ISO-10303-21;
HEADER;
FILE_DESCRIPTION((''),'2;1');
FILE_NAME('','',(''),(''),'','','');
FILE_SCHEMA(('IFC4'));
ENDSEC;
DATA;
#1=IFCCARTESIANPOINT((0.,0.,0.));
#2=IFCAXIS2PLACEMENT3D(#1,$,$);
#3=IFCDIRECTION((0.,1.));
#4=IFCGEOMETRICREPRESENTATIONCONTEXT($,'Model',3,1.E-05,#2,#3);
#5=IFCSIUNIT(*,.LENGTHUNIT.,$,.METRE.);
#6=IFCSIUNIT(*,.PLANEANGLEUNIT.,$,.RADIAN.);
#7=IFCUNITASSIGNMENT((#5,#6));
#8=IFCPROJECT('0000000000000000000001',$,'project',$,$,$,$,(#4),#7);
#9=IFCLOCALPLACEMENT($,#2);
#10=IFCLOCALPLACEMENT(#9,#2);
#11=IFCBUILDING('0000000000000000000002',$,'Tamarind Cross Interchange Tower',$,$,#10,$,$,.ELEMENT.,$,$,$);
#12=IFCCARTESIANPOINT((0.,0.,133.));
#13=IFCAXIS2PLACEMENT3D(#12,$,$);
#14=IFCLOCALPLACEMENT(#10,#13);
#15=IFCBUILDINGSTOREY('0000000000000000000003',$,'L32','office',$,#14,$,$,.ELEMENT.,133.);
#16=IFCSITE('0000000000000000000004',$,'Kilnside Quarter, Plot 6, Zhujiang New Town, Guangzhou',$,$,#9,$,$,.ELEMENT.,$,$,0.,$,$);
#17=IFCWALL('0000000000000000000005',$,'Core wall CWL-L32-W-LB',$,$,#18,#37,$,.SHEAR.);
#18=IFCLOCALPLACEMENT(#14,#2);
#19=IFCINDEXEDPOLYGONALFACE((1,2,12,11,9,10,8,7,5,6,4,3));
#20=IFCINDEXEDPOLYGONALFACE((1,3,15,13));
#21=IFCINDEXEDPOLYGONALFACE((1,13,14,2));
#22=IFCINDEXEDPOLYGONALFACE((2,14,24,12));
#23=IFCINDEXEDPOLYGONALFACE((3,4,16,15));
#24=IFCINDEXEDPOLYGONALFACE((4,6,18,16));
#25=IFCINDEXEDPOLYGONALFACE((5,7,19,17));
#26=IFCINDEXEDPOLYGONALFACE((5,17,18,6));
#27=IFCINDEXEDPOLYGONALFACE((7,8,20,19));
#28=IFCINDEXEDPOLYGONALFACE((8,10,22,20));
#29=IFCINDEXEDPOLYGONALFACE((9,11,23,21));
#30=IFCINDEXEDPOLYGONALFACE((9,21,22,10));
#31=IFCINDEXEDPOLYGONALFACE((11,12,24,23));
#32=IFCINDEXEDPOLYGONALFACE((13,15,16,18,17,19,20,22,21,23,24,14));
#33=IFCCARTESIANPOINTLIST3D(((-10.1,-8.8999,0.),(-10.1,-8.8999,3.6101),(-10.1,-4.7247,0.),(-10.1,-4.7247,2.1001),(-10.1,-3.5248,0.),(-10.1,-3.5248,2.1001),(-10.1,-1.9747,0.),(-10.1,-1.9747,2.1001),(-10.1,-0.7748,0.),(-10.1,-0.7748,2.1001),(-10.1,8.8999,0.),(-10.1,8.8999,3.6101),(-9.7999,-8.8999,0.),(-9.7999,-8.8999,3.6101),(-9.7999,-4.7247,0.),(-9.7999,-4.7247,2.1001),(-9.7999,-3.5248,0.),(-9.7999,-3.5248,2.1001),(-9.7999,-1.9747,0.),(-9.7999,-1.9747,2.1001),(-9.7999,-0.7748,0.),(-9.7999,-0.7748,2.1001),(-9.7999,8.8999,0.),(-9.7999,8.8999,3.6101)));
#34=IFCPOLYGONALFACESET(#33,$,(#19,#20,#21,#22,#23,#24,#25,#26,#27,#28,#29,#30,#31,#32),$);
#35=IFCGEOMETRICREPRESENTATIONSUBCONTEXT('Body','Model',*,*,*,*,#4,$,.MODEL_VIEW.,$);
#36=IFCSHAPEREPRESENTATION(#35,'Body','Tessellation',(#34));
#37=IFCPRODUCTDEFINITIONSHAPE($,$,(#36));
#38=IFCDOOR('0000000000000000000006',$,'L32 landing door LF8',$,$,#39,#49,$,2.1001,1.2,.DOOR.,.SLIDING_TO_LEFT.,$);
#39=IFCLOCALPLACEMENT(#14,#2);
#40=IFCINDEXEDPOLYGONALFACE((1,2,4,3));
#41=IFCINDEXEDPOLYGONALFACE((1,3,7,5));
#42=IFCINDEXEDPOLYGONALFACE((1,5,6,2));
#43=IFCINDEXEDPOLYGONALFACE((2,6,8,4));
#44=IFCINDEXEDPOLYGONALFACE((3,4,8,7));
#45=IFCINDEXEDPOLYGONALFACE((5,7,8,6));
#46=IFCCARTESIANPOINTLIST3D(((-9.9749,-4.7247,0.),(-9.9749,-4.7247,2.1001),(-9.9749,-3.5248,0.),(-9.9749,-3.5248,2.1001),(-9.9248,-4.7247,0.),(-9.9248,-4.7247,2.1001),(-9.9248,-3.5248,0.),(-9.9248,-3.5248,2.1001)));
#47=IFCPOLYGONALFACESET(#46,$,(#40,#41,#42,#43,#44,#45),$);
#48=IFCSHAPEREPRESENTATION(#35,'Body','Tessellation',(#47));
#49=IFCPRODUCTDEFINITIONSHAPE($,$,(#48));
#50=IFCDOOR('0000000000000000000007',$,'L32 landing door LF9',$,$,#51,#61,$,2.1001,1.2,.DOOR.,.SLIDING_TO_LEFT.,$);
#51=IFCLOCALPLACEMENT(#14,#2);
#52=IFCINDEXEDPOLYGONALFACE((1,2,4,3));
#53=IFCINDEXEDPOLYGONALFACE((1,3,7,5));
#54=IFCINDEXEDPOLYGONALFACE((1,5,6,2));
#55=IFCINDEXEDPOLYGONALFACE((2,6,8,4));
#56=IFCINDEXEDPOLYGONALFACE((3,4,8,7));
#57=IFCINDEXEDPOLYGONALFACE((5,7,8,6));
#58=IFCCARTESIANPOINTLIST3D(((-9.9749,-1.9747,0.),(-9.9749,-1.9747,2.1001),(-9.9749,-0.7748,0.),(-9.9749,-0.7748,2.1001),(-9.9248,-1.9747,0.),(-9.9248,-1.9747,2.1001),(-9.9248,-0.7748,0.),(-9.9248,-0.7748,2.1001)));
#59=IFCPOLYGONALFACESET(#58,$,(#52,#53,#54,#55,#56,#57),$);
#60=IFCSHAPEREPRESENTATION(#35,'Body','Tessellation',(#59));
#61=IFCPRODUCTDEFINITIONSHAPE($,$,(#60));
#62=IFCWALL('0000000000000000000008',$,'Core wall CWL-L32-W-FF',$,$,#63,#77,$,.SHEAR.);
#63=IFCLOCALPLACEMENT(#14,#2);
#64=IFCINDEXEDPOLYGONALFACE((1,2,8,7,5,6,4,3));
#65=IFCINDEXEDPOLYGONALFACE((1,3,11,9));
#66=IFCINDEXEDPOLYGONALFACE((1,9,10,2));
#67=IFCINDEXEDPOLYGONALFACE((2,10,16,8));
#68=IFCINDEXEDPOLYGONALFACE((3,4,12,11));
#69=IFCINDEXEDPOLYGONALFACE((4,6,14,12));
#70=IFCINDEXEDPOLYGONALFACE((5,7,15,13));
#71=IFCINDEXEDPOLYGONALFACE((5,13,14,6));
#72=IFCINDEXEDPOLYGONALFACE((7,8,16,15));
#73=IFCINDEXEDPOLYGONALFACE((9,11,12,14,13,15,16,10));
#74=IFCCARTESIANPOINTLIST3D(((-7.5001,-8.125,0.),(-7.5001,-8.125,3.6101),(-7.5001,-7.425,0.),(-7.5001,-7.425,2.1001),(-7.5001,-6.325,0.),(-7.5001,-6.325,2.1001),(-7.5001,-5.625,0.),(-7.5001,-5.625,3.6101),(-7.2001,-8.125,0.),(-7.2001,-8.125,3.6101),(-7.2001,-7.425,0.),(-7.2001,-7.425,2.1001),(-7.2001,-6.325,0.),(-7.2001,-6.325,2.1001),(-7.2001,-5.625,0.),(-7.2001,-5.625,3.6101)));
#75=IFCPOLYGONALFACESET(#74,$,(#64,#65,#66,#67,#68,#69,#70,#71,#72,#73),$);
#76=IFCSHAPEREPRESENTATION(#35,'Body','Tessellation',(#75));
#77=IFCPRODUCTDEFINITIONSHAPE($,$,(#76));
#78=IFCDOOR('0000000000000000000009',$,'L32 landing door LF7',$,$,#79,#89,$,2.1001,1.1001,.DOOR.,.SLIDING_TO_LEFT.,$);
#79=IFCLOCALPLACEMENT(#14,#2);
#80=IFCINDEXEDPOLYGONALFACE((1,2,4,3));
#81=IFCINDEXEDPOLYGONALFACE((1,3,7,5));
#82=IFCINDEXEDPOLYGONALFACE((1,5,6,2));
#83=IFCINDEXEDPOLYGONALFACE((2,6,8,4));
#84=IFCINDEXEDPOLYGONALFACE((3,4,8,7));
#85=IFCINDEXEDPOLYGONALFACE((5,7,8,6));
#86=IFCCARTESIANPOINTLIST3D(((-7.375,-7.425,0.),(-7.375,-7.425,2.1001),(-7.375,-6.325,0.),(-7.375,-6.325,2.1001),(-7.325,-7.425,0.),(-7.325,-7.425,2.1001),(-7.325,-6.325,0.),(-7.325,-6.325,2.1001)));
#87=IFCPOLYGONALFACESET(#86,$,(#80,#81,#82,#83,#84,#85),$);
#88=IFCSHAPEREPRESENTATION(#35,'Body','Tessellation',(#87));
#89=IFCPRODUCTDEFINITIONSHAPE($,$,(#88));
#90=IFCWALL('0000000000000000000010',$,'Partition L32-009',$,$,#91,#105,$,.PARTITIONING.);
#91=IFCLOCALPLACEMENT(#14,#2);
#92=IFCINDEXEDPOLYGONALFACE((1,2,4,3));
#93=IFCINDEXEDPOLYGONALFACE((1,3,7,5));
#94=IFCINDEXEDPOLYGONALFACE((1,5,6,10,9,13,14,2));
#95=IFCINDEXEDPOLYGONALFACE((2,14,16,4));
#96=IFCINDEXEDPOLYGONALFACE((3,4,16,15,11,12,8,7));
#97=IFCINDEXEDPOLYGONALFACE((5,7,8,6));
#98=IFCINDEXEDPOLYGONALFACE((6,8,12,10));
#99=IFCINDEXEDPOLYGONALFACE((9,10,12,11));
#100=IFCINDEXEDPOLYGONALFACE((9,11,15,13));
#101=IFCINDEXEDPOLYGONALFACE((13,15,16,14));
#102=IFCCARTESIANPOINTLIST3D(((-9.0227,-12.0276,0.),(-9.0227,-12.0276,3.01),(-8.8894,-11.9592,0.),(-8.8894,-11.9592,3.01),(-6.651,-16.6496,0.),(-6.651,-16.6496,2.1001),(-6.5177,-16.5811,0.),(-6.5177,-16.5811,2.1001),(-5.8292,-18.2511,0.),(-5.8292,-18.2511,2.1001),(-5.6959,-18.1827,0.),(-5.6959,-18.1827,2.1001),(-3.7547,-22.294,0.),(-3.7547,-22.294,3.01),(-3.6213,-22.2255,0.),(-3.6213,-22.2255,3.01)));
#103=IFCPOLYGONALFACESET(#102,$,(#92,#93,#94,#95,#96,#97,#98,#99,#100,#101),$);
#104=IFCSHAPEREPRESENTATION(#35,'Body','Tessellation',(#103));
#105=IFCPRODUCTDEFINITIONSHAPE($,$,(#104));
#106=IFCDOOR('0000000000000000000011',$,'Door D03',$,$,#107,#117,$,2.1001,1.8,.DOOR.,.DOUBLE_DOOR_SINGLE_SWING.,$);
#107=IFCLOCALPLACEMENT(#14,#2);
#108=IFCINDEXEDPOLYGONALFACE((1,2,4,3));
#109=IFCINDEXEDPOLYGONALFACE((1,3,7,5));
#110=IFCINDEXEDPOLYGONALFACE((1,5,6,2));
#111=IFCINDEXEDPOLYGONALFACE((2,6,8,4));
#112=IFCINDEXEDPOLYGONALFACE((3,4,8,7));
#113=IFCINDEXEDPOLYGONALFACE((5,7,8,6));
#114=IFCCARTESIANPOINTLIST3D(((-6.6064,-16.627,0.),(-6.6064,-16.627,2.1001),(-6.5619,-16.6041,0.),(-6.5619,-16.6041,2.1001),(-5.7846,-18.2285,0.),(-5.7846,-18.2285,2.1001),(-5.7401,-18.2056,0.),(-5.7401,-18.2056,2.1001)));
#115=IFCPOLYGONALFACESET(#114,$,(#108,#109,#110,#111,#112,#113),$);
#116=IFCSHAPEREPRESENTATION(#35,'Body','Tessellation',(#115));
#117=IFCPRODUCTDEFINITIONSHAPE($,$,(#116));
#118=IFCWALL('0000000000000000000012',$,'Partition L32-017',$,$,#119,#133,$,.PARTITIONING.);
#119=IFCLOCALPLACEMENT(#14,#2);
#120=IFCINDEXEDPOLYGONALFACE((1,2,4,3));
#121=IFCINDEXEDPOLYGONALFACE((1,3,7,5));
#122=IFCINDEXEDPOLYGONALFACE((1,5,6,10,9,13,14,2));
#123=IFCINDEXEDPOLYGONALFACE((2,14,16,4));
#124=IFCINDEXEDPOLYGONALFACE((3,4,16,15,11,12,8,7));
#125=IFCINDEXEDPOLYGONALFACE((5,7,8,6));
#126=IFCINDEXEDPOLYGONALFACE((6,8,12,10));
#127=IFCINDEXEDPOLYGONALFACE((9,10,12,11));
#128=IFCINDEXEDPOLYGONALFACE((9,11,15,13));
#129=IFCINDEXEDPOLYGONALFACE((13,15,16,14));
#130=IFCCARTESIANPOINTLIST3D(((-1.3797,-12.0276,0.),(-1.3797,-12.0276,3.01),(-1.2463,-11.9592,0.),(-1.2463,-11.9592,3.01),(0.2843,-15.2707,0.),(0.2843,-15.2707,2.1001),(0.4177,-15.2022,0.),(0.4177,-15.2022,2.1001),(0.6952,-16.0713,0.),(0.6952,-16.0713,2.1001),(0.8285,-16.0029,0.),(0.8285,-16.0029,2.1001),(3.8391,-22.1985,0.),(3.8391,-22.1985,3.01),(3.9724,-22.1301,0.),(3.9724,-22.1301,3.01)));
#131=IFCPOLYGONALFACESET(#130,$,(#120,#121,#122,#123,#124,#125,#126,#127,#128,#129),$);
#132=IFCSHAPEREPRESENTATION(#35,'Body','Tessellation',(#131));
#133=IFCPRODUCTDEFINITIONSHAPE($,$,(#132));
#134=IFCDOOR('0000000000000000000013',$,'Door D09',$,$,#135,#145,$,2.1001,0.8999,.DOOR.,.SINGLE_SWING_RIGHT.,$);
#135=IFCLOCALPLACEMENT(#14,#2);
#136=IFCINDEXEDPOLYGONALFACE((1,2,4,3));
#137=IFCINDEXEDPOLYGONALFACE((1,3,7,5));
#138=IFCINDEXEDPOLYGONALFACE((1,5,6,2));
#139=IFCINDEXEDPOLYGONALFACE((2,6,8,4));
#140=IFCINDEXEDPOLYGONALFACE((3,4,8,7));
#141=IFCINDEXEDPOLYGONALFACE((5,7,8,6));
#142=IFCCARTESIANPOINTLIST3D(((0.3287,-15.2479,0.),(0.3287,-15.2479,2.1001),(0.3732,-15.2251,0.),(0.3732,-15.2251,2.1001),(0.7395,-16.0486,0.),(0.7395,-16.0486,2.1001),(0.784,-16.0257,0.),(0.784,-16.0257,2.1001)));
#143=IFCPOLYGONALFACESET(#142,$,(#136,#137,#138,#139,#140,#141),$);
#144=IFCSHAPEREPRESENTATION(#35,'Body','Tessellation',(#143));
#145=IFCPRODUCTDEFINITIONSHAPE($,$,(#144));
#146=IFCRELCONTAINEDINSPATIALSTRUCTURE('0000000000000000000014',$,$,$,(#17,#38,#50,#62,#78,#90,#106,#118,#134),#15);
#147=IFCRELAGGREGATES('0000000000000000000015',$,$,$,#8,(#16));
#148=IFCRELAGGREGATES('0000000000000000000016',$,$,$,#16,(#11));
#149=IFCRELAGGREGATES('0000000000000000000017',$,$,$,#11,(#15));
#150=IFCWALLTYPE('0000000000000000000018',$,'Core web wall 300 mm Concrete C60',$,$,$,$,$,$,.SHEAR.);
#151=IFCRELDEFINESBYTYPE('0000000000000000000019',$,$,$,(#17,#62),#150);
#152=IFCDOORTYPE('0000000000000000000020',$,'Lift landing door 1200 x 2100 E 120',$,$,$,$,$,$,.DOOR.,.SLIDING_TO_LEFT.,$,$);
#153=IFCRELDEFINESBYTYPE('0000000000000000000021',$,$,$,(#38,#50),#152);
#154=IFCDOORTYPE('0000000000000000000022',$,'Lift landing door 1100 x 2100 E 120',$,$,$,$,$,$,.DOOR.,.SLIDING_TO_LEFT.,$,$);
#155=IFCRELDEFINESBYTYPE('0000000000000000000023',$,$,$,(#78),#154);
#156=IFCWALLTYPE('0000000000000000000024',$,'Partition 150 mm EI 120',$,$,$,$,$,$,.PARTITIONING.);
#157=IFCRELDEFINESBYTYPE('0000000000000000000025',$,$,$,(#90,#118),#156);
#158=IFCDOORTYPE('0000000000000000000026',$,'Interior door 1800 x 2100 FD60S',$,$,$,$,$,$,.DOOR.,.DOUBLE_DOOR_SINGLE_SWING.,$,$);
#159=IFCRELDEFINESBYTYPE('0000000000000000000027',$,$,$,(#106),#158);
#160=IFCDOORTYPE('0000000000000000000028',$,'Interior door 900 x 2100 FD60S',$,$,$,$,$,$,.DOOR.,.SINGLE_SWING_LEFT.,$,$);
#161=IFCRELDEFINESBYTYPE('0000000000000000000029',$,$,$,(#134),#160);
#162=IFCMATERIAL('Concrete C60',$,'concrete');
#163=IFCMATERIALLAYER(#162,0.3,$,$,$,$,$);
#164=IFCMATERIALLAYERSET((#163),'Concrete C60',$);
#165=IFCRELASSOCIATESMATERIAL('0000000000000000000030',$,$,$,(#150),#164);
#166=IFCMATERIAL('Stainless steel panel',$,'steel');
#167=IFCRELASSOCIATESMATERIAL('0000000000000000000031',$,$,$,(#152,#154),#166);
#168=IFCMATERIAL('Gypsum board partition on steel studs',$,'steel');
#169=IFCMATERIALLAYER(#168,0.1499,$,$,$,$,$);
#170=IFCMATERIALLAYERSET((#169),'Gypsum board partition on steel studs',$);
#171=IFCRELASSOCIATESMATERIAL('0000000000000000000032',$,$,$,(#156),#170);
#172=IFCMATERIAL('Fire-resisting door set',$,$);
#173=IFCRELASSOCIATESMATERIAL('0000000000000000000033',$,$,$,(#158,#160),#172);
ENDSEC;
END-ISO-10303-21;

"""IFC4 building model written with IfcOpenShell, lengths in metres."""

from ifc_helpers import new_model, si_unit, direction, frame, frame_2d, origin, place, context, subcontext, project, spatial, rectangle, extrude, material, layer, layer_set, type_object, element, fill, save


model = new_model("IFC4")

# Units and contexts
model_context = context("Model", 3, precision=1e-05, world=origin(), true_north=direction((0.0, 1.0)))
body_context = subcontext(model_context, "Body", "Model", "MODEL_VIEW")
ifc_project = project(units=[si_unit("LENGTHUNIT", "METRE"), si_unit("PLANEANGLEUNIT", "RADIAN")], contexts=[model_context])

# Site, building, storey
site_placement = place(None, origin())
site = spatial("IfcSite", under=ifc_project, at=site_placement, Name="Kilnside Quarter, Plot 6, Zhujiang New Town, Guangzhou", CompositionType="ELEMENT", RefElevation=0.0)
building_placement = place(site_placement, origin())
building = spatial("IfcBuilding", under=site, at=building_placement, Name="Tamarind Cross Interchange Tower", CompositionType="ELEMENT")
storey_placement = place(building_placement, frame((0.0, 0.0, 133.0)))
storey = spatial("IfcBuildingStorey", under=building, at=storey_placement, Name="L32", Description="office", CompositionType="ELEMENT", Elevation=133.0)

# Shared definitions
ifc_material_1 = material(Name="Concrete C60", Category="concrete")

# Shared definitions
ifc_layer_1 = layer(ifc_material_1, 0.3)
ifc_layer_set_1 = layer_set([ifc_layer_1], Name="Concrete C60")
wall_type_1 = type_object("IfcWallType", Name="Core web wall 300 mm Concrete C60", PredefinedType="SHEAR", material=ifc_layer_set_1)

# Wall, openings, doors
wall_1_placement = place(storey_placement, frame((-9.95, -8.8999, 0.0), z_axis=(0.0, 0.0, 1.0), x_axis=(0.0, 1.0, 0.0)))
wall_1 = element("IfcWall", 1, at=wall_1_placement, inside=storey, type_object=wall_type_1, Name="Core wall CWL-L32-W-LB", PredefinedType="SHEAR", context=body_context, shape_type="SweptSolid", body=[
    extrude(rectangle(XDim=17.7998, YDim=0.3, at=frame_2d((8.8999, 0.0))), origin(), (0.0, 0.0, 1.0), 3.6101),
])
opening_1_placement = place(wall_1_placement, frame((4.175, 0.0, 0.0)))
opening_1 = element("IfcOpeningElement", 2, at=opening_1_placement, cuts=wall_1, PredefinedType="OPENING", context=body_context, shape_type="SweptSolid", body=[
    extrude(rectangle(XDim=1.2, YDim=2.1001, at=frame_2d((0.6001, 1.05))), frame((0.0, 0.1599, 0.0), z_axis=(0.0, -1.0, 0.0), x_axis=(1.0, 0.0, 0.0)), (0.0, 0.0, 1.0), 0.3201),
])
opening_2_placement = place(wall_1_placement, frame((6.925, 0.0, 0.0)))
opening_2 = element("IfcOpeningElement", 3, at=opening_2_placement, cuts=wall_1, PredefinedType="OPENING", context=body_context, shape_type="SweptSolid", body=[
    extrude(rectangle(XDim=1.2, YDim=2.1001, at=frame_2d((0.6001, 1.05))), frame((0.0, 0.1599, 0.0), z_axis=(0.0, -1.0, 0.0), x_axis=(1.0, 0.0, 0.0)), (0.0, 0.0, 1.0), 0.3201),
])
ifc_material_2 = material(Name="Stainless steel panel", Category="steel")
door_type_1 = type_object("IfcDoorType", Name="Lift landing door 1200 x 2100 E 120", OperationType="SLIDING_TO_LEFT", PredefinedType="DOOR", material=ifc_material_2)
door_1_placement = place(opening_1_placement, origin())
door_1 = element("IfcDoor", 4, at=door_1_placement, inside=storey, type_object=door_type_1, Name="L32 landing door LF8", OperationType="SLIDING_TO_LEFT", OverallHeight=2.1001, OverallWidth=1.2, PredefinedType="DOOR", context=body_context, shape_type="SweptSolid", body=[
    extrude(rectangle(XDim=1.2, YDim=2.1001, at=frame_2d((0.6001, 1.05))), frame((0.0, 0.0249, 0.0), z_axis=(0.0, -1.0, 0.0), x_axis=(1.0, 0.0, 0.0)), (0.0, 0.0, 1.0), 0.05),
])
fill(opening_1, door_1)
door_2_placement = place(opening_2_placement, origin())
door_2 = element("IfcDoor", 5, at=door_2_placement, inside=storey, type_object=door_type_1, Name="L32 landing door LF9", OperationType="SLIDING_TO_LEFT", OverallHeight=2.1001, OverallWidth=1.2, PredefinedType="DOOR", context=body_context, shape_type="SweptSolid", body=[
    extrude(rectangle(XDim=1.2, YDim=2.1001, at=frame_2d((0.6001, 1.05))), frame((0.0, 0.0249, 0.0), z_axis=(0.0, -1.0, 0.0), x_axis=(1.0, 0.0, 0.0)), (0.0, 0.0, 1.0), 0.05),
])
fill(opening_2, door_2)

# Walls, openings, doors
wall_2_placement = place(storey_placement, frame((-7.3501, -8.125, 0.0), z_axis=(0.0, 0.0, 1.0), x_axis=(0.0, 1.0, 0.0)))
wall_2 = element("IfcWall", 6, at=wall_2_placement, inside=storey, type_object=wall_type_1, Name="Core wall CWL-L32-W-FF", PredefinedType="SHEAR", context=body_context, shape_type="SweptSolid", body=[
    extrude(rectangle(XDim=2.5, YDim=0.3, at=frame_2d((1.25, 0.0))), origin(), (0.0, 0.0, 1.0), 3.6101),
])
opening_3_placement = place(wall_2_placement, frame((0.7, 0.0, 0.0)))
opening_3 = element("IfcOpeningElement", 7, at=opening_3_placement, cuts=wall_2, PredefinedType="OPENING", context=body_context, shape_type="SweptSolid", body=[
    extrude(rectangle(XDim=1.1001, YDim=2.1001, at=frame_2d((0.55, 1.05))), frame((0.0, 0.1599, 0.0), z_axis=(0.0, -1.0, 0.0), x_axis=(1.0, 0.0, 0.0)), (0.0, 0.0, 1.0), 0.3201),
])
door_type_2 = type_object("IfcDoorType", Name="Lift landing door 1100 x 2100 E 120", OperationType="SLIDING_TO_LEFT", PredefinedType="DOOR", material=ifc_material_2)
door_3_placement = place(opening_3_placement, origin())
door_3 = element("IfcDoor", 8, at=door_3_placement, inside=storey, type_object=door_type_2, Name="L32 landing door LF7", OperationType="SLIDING_TO_LEFT", OverallHeight=2.1001, OverallWidth=1.1001, PredefinedType="DOOR", context=body_context, shape_type="SweptSolid", body=[
    extrude(rectangle(XDim=1.1001, YDim=2.1001, at=frame_2d((0.55, 1.05))), frame((0.0, 0.0249, 0.0), z_axis=(0.0, -1.0, 0.0), x_axis=(1.0, 0.0, 0.0)), (0.0, 0.0, 1.0), 0.05),
])
fill(opening_3, door_3)
ifc_material_3 = material(Name="Gypsum board partition on steel studs", Category="steel")
ifc_layer_2 = layer(ifc_material_3, 0.1499)
ifc_layer_set_2 = layer_set([ifc_layer_2], Name="Gypsum board partition on steel studs")
wall_type_2 = type_object("IfcWallType", Name="Partition 150 mm EI 120", PredefinedType="PARTITIONING", material=ifc_layer_set_2)
wall_3_placement = place(storey_placement, frame((-8.9561, -11.9934, 0.0), z_axis=(0.0, 0.0, 1.0), x_axis=(0.456541, -0.889702, 0.0)))
wall_3 = element("IfcWall", 9, at=wall_3_placement, inside=storey, type_object=wall_type_2, Name="Partition L32-009", PredefinedType="PARTITIONING", context=body_context, shape_type="SweptSolid", body=[
    extrude(rectangle(XDim=11.5391, YDim=0.1499, at=frame_2d((5.7695, 0.0))), origin(), (0.0, 0.0, 1.0), 3.01),
])
opening_4_placement = place(wall_3_placement, frame((5.1951, 0.0, 0.0)))
opening_4 = element("IfcOpeningElement", 10, at=opening_4_placement, cuts=wall_3, PredefinedType="OPENING", context=body_context, shape_type="SweptSolid", body=[
    extrude(rectangle(XDim=1.8, YDim=2.1001, at=frame_2d((0.8999, 1.05))), frame((0.0, 0.085, 0.0), z_axis=(0.0, -1.0, 0.0), x_axis=(1.0, 0.0, 0.0)), (0.0, 0.0, 1.0), 0.1699),
])
ifc_material_4 = material(Name="Fire-resisting door set")
door_type_3 = type_object("IfcDoorType", Name="Interior door 1800 x 2100 FD60S", OperationType="DOUBLE_DOOR_SINGLE_SWING", PredefinedType="DOOR", material=ifc_material_4)
door_4_placement = place(opening_4_placement, frame((1.8, 0.0, 0.0), z_axis=(0.0, 0.0, 1.0), x_axis=(-1.0, 0.0, 0.0)))
door_4 = element("IfcDoor", 11, at=door_4_placement, inside=storey, type_object=door_type_3, Name="Door D03", OperationType="DOUBLE_DOOR_SINGLE_SWING", OverallHeight=2.1001, OverallWidth=1.8, PredefinedType="DOOR", context=body_context, shape_type="SweptSolid", body=[
    extrude(rectangle(XDim=1.8, YDim=2.1001, at=frame_2d((0.8999, 1.05))), frame((0.0, 0.0249, 0.0), z_axis=(0.0, -1.0, 0.0), x_axis=(1.0, 0.0, 0.0)), (0.0, 0.0, 1.0), 0.05),
])
fill(opening_4, door_4)
wall_4_placement = place(storey_placement, frame((-1.313, -11.9934, 0.0), z_axis=(0.0, 0.0, 1.0), x_axis=(0.456518, -0.889714, 0.0)))
wall_4 = element("IfcWall", 12, at=wall_4_placement, inside=storey, type_object=wall_type_2, Name="Partition L32-017", PredefinedType="PARTITIONING", context=body_context, shape_type="SweptSolid", body=[
    extrude(rectangle(XDim=11.4316, YDim=0.1499, at=frame_2d((5.7158, 0.0))), origin(), (0.0, 0.0, 1.0), 3.01),
])
opening_5_placement = place(wall_4_placement, frame((3.645, 0.0, 0.0)))
opening_5 = element("IfcOpeningElement", 13, at=opening_5_placement, cuts=wall_4, PredefinedType="OPENING", context=body_context, shape_type="SweptSolid", body=[
    extrude(rectangle(XDim=0.8999, YDim=2.1001, at=frame_2d((0.45, 1.05))), frame((0.0, 0.085, 0.0), z_axis=(0.0, -1.0, 0.0), x_axis=(1.0, 0.0, 0.0)), (0.0, 0.0, 1.0), 0.1699),
])
door_type_4 = type_object("IfcDoorType", Name="Interior door 900 x 2100 FD60S", OperationType="SINGLE_SWING_LEFT", PredefinedType="DOOR", material=ifc_material_4)
door_5_placement = place(opening_5_placement, origin())
door_5 = element("IfcDoor", 14, at=door_5_placement, inside=storey, type_object=door_type_4, Name="Door D09", OperationType="SINGLE_SWING_RIGHT", OverallHeight=2.1001, OverallWidth=0.8999, PredefinedType="DOOR", context=body_context, shape_type="SweptSolid", body=[
    extrude(rectangle(XDim=0.8999, YDim=2.1001, at=frame_2d((0.45, 1.05))), frame((0.0, 0.0249, 0.0), z_axis=(0.0, -1.0, 0.0), x_axis=(1.0, 0.0, 0.0)), (0.0, 0.0, 1.0), 0.05),
])
fill(opening_5, door_5)

save(model, "model.ifc")
